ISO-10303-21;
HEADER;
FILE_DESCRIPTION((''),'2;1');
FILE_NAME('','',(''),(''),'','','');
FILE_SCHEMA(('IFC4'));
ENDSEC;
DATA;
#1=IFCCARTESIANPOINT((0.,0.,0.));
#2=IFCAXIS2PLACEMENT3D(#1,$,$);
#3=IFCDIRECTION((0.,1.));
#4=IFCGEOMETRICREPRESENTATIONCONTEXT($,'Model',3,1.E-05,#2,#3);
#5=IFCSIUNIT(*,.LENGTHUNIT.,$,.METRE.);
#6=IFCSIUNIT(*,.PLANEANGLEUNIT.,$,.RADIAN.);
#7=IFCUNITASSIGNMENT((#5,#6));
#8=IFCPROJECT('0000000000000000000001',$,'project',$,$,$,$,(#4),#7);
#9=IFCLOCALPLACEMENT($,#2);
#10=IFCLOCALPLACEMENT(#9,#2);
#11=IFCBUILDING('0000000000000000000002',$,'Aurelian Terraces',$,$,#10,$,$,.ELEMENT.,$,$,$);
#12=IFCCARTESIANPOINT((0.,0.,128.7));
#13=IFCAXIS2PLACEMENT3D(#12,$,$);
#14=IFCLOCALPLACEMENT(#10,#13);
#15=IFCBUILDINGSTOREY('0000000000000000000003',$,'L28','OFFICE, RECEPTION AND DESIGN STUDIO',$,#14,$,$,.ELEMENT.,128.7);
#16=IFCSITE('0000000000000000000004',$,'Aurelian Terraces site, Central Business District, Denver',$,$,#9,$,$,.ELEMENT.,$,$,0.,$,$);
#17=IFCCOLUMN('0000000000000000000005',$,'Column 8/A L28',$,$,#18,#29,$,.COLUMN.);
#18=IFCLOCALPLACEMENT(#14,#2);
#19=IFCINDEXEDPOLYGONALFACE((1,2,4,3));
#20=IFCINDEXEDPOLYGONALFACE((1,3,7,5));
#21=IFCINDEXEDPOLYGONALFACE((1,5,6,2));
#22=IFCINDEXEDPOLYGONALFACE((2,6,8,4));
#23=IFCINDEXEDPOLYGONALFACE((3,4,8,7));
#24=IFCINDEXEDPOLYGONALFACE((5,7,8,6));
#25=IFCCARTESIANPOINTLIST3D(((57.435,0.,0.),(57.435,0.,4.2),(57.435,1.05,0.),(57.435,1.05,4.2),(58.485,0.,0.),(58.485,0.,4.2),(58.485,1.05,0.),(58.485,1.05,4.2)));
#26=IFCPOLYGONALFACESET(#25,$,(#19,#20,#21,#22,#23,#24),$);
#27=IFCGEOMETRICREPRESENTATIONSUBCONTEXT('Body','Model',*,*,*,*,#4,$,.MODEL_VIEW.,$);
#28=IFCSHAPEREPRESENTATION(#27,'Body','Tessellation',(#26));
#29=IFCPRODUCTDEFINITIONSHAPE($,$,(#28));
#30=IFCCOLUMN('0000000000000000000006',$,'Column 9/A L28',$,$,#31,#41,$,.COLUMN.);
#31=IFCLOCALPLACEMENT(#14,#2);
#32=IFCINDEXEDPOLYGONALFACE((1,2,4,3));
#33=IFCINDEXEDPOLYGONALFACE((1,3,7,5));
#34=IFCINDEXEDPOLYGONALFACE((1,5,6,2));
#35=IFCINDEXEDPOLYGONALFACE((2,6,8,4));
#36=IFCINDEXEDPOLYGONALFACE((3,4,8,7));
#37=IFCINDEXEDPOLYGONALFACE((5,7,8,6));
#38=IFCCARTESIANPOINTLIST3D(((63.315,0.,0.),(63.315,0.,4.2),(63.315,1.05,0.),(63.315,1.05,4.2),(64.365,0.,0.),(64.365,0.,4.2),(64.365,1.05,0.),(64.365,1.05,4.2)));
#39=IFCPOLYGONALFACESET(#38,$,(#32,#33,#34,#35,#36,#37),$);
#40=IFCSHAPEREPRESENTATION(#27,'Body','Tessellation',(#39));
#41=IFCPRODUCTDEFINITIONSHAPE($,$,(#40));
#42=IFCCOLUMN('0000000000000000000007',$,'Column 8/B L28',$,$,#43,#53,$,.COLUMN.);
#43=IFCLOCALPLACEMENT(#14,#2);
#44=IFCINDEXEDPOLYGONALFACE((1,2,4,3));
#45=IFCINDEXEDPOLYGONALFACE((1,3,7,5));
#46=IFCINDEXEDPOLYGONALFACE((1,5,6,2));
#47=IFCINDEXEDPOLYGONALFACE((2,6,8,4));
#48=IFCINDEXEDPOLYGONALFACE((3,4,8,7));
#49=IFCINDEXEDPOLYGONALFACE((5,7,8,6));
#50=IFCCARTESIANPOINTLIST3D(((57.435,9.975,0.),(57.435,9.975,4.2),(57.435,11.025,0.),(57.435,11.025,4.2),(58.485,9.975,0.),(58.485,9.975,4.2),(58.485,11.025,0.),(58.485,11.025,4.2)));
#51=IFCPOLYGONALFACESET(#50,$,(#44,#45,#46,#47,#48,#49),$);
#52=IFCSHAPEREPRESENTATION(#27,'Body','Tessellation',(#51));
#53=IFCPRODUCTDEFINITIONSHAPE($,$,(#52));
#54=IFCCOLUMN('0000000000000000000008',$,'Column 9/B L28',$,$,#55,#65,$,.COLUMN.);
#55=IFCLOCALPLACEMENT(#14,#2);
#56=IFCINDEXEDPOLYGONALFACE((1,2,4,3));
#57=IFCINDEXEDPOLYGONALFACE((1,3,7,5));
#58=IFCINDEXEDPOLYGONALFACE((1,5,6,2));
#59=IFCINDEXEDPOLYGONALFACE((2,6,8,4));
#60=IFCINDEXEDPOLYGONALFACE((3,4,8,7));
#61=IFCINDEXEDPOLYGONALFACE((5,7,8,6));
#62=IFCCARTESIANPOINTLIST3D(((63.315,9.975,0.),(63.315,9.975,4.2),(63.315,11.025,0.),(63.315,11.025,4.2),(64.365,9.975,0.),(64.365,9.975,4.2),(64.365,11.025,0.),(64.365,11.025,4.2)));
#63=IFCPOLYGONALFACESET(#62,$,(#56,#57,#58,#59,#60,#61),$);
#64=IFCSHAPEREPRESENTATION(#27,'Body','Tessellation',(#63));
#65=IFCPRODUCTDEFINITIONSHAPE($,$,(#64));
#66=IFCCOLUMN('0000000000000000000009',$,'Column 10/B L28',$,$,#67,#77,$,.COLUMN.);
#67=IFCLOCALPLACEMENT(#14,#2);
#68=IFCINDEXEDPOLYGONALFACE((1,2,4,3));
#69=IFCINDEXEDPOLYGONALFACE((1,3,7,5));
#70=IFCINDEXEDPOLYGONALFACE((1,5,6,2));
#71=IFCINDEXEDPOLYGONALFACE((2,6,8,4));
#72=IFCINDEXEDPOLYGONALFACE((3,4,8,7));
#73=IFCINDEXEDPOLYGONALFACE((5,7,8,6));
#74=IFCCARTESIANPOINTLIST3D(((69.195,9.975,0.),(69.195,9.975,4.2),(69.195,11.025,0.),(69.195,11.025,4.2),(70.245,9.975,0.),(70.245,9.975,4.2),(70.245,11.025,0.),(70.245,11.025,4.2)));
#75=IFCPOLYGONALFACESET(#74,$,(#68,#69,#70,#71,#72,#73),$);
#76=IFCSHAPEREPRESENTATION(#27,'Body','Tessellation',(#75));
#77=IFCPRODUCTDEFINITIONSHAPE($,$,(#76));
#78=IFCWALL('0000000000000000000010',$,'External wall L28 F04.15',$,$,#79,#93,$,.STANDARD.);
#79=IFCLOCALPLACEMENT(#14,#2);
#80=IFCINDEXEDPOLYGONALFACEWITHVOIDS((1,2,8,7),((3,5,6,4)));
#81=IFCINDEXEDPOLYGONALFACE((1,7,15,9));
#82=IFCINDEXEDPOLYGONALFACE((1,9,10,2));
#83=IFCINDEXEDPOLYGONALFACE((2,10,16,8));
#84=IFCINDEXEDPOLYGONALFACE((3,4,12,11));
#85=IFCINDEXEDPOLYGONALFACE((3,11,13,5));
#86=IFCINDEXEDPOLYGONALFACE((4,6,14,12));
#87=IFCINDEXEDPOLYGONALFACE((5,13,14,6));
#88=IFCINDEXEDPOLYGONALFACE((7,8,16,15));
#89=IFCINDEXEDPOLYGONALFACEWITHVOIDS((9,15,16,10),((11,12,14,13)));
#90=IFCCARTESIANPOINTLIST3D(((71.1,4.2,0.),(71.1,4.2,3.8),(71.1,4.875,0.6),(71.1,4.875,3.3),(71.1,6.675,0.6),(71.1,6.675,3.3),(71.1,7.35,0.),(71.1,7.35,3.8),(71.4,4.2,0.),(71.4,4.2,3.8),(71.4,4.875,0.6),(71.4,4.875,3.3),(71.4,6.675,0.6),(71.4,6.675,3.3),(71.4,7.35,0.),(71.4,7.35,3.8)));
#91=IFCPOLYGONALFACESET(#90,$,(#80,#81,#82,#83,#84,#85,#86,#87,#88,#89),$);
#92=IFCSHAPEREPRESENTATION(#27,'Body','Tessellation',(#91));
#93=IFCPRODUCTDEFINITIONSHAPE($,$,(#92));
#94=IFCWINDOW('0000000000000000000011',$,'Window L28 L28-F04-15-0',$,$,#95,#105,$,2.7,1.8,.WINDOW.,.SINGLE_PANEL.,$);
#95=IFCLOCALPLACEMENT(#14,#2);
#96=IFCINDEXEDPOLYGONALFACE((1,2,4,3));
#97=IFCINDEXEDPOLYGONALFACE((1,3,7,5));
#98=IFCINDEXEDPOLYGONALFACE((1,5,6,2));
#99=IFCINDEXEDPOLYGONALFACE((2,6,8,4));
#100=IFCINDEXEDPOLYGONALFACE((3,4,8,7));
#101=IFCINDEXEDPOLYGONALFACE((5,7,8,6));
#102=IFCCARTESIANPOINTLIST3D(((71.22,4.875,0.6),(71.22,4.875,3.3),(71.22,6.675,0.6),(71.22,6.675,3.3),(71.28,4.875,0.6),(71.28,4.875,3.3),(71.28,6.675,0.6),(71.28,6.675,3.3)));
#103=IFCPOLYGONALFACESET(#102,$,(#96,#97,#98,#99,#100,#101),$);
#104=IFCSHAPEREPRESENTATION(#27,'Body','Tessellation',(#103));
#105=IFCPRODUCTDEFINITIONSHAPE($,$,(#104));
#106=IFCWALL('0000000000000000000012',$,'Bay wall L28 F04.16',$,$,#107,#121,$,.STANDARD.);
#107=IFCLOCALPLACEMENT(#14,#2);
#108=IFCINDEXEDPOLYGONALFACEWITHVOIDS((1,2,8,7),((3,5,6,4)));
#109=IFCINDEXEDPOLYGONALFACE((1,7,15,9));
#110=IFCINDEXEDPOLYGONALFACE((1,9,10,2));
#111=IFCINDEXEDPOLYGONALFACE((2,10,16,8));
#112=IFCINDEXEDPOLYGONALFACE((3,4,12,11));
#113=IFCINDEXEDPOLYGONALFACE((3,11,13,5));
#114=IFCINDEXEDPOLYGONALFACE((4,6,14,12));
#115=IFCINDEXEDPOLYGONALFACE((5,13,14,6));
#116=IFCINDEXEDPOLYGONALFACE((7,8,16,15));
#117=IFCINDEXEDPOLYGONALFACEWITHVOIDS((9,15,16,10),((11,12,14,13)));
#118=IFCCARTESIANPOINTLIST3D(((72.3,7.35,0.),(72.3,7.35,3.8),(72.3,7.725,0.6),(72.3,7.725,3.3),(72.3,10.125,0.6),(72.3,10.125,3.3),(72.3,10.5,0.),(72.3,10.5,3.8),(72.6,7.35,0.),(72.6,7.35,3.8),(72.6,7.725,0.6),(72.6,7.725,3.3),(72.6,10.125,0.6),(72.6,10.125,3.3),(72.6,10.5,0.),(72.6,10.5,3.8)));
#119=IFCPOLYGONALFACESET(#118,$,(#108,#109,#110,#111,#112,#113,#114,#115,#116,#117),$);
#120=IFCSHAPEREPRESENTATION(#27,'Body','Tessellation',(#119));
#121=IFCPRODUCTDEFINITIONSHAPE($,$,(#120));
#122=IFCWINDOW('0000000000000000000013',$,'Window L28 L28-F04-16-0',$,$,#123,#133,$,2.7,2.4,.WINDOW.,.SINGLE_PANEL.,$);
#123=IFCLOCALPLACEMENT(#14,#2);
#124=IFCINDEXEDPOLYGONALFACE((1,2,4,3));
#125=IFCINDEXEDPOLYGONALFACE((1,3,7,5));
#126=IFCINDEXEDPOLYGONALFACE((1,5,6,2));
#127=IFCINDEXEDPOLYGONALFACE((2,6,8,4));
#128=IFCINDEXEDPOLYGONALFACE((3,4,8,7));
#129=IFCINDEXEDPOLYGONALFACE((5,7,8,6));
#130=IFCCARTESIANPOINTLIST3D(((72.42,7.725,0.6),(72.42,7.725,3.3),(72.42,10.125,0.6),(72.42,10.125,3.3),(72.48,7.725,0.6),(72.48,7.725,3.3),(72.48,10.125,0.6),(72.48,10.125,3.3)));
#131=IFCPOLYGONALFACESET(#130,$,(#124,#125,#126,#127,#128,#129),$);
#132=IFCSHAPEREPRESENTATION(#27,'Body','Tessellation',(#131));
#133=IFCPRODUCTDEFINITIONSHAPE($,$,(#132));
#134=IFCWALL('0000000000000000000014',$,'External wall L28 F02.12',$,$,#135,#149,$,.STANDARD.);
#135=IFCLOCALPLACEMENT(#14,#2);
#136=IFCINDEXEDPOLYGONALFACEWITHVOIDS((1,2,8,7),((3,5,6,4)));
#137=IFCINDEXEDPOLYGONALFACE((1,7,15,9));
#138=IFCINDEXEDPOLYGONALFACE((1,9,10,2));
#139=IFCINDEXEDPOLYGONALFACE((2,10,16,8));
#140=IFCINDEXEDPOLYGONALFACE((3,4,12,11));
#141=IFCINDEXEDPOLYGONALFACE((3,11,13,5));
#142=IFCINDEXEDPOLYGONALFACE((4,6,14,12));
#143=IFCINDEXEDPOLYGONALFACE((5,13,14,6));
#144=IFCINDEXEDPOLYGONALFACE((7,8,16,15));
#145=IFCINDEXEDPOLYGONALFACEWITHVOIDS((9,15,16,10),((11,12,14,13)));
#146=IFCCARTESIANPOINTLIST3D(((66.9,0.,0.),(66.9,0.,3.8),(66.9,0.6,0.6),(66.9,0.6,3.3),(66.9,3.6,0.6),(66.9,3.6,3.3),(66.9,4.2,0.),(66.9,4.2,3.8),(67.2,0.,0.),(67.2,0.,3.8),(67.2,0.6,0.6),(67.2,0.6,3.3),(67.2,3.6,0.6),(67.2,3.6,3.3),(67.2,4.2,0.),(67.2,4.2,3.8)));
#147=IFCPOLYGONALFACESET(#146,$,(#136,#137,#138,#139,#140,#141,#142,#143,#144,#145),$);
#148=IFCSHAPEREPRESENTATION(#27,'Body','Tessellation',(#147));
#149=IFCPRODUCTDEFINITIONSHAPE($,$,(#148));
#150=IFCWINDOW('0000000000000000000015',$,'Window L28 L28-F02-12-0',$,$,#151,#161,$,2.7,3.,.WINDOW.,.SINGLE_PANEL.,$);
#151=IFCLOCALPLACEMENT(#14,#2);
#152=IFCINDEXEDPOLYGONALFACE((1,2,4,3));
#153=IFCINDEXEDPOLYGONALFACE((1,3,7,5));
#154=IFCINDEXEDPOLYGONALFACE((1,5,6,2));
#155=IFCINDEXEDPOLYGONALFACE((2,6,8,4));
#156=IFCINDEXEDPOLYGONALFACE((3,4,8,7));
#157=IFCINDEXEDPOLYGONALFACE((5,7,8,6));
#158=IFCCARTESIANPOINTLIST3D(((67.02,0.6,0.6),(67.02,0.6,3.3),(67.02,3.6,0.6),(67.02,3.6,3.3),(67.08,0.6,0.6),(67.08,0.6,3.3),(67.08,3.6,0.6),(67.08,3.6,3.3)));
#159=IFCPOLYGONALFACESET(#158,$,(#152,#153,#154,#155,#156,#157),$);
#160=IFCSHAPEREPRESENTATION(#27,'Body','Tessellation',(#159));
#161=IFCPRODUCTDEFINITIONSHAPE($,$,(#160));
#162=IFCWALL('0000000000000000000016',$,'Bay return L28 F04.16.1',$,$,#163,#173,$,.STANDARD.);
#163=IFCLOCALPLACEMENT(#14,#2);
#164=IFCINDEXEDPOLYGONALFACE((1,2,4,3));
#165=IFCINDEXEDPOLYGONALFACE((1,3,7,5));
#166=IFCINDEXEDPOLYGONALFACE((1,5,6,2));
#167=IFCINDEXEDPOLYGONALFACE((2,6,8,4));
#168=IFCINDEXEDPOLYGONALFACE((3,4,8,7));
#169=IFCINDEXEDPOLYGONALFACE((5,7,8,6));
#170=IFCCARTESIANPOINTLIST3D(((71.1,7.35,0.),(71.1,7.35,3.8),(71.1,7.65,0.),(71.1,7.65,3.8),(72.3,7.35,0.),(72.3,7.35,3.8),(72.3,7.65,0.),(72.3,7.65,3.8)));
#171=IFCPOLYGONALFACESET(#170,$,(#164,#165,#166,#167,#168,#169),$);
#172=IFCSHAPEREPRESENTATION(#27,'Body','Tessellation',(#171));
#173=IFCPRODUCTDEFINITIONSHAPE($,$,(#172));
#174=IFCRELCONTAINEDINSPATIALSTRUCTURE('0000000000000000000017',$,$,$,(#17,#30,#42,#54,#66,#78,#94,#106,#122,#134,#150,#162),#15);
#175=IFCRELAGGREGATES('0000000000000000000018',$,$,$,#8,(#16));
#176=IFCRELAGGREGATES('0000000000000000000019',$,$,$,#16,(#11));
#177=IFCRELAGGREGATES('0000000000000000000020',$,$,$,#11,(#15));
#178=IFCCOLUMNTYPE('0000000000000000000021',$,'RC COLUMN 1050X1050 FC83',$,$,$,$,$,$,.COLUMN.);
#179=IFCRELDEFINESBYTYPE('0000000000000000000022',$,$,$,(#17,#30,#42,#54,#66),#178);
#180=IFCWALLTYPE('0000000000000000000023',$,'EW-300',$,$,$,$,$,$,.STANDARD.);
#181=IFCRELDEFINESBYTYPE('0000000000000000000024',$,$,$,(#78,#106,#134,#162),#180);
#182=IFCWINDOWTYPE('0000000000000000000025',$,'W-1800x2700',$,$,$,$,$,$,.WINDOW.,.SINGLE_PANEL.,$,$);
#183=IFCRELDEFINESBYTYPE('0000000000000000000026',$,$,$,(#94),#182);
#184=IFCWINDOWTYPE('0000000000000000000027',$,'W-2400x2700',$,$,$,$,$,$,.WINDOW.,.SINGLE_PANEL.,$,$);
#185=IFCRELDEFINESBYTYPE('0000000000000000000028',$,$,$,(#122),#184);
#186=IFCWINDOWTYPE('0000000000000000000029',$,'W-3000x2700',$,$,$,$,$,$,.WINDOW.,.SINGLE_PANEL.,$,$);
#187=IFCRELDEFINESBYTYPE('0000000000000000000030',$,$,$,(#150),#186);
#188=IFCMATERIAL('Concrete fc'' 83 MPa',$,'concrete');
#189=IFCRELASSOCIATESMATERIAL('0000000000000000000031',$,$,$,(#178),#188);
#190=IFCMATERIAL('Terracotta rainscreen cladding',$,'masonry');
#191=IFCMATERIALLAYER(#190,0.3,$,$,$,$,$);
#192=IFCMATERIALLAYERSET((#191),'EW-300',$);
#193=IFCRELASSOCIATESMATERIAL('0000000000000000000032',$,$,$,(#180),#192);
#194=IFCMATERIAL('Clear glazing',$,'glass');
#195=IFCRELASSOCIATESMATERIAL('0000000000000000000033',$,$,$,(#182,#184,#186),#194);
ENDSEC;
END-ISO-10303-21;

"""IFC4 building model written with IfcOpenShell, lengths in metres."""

from ifc_helpers import new_model, si_unit, direction, frame, frame_2d, origin, origin_2d, place, context, subcontext, project, spatial, rectangle, extrude, source, transform, mapped, material, layer, layer_set, material_profile, profile_set, type_object, element, fill, save


model = new_model("IFC4")

# Units and contexts
model_context = context("Model", 3, precision=1e-05, world=origin(), true_north=direction((0.0, 1.0)))
body_context = subcontext(model_context, "Body", "Model", "MODEL_VIEW")
ifc_project = project(units=[si_unit("LENGTHUNIT", "METRE"), si_unit("PLANEANGLEUNIT", "RADIAN")], contexts=[model_context])

# Site, building, storey
site_placement = place(None, origin())
site = spatial("IfcSite", under=ifc_project, at=site_placement, Name="Aurelian Terraces site, Central Business District, Denver", CompositionType="ELEMENT", RefElevation=0.0)
building_placement = place(site_placement, origin())
building = spatial("IfcBuilding", under=site, at=building_placement, Name="Aurelian Terraces", CompositionType="ELEMENT")
storey_placement = place(building_placement, frame((0.0, 0.0, 128.7)))
storey = spatial("IfcBuildingStorey", under=building, at=storey_placement, Name="L28", Description="OFFICE, RECEPTION AND DESIGN STUDIO", CompositionType="ELEMENT", Elevation=128.7)

# Columns
ifc_material_1 = material(Name="Concrete fc' 83 MPa", Category="concrete")
ifc_material_profile = material_profile(ifc_material_1, rectangle(XDim=1.05, YDim=1.05, at=origin_2d()))
ifc_profile_set = profile_set([ifc_material_profile], Name="Concrete fc' 83 MPa")
column_type = type_object("IfcColumnType", Name="RC COLUMN 1050X1050 FC83", PredefinedType="COLUMN", material=ifc_profile_set)
shared_shape_1 = source(origin(), body_context, "Body", "SweptSolid", [
    extrude(rectangle(XDim=1.05, YDim=1.05, at=origin_2d()), origin(), (0.0, 0.0, 1.0), 4.2),
])
for number, where, z_axis, x_axis, name in (
    (1, (57.96, 0.525, 0.0), (0.0, 0.0, 1.0), (1.0, 0.0, 0.0), "Column 8/A L28"),
    (2, (63.84, 0.525, 0.0), (0.0, 0.0, 1.0), (1.0, 0.0, 0.0), "Column 9/A L28"),
    (3, (57.96, 10.5, 0.0), (0.0, 0.0, 1.0), (1.0, 0.0, 0.0), "Column 8/B L28"),
    (4, (63.84, 10.5, 0.0), (0.0, 0.0, 1.0), (1.0, 0.0, 0.0), "Column 9/B L28"),
    (5, (69.72, 10.5, 0.0), (0.0, 0.0, 1.0), (1.0, 0.0, 0.0), "Column 10/B L28"),
):
    element("IfcColumn", number, at=place(storey_placement, frame(where, z_axis=z_axis, x_axis=x_axis)), inside=storey, type_object=column_type, Name=name, PredefinedType="COLUMN", context=body_context, shape_type="MappedRepresentation", body=[
        mapped(shared_shape_1, transform((0.0, 0.0, 0.0), scale=1.0)),
    ])

# Walls, openings, windows
ifc_material_2 = material(Name="Terracotta rainscreen cladding", Category="masonry")
ifc_layer_1 = layer(ifc_material_2, 0.3)
ifc_layer_set_1 = layer_set([ifc_layer_1], Name="EW-300")
wall_type_1 = type_object("IfcWallType", Name="EW-300", PredefinedType="STANDARD", material=ifc_layer_set_1)
shared_shape_2 = source(origin(), body_context, "Body", "SweptSolid", [
    extrude(rectangle(XDim=3.15, YDim=0.3, at=frame_2d((1.575, 0.0))), origin(), (0.0, 0.0, 1.0), 3.8),
])
wall_1_placement = place(storey_placement, frame((71.25, 4.2, 0.0), z_axis=(0.0, 0.0, 1.0), x_axis=(0.0, 1.0, 0.0)))
wall_1 = element("IfcWall", 6, at=wall_1_placement, inside=storey, type_object=wall_type_1, Name="External wall L28 F04.15", PredefinedType="STANDARD", context=body_context, shape_type="MappedRepresentation", body=[
    mapped(shared_shape_2, transform((0.0, 0.0, 0.0), scale=1.0)),
])
shared_shape_3 = source(origin(), body_context, "Body", "SweptSolid", [
    extrude(rectangle(XDim=1.8, YDim=2.7, at=frame_2d((0.9, 1.35))), frame((0.0, 0.16, 0.0), z_axis=(0.0, -1.0, 0.0), x_axis=(1.0, 0.0, 0.0)), (0.0, 0.0, 1.0), 0.32),
])
opening_1_placement = place(wall_1_placement, frame((0.675, 0.0, 0.6)))
opening_1 = element("IfcOpeningElement", 7, at=opening_1_placement, cuts=wall_1, PredefinedType="OPENING", context=body_context, shape_type="MappedRepresentation", body=[
    mapped(shared_shape_3, transform((0.0, 0.0, 0.0), scale=1.0)),
])
ifc_material_3 = material(Name="Clear glazing", Category="glass")
window_type_1 = type_object("IfcWindowType", Name="W-1800x2700", PartitioningType="SINGLE_PANEL", PredefinedType="WINDOW", material=ifc_material_3)
shared_shape_4 = source(origin(), body_context, "Body", "SweptSolid", [
    extrude(rectangle(XDim=1.8, YDim=2.7, at=frame_2d((0.9, 1.35))), frame((0.0, 0.03, 0.0), z_axis=(0.0, -1.0, 0.0), x_axis=(1.0, 0.0, 0.0)), (0.0, 0.0, 1.0), 0.06),
])
window_1_placement = place(opening_1_placement, origin())
window_1 = element("IfcWindow", 8, at=window_1_placement, inside=storey, type_object=window_type_1, Name="Window L28 L28-F04-15-0", OverallHeight=2.7, OverallWidth=1.8, PartitioningType="SINGLE_PANEL", PredefinedType="WINDOW", context=body_context, shape_type="MappedRepresentation", body=[
    mapped(shared_shape_4, transform((0.0, 0.0, 0.0), scale=1.0)),
])
fill(opening_1, window_1)
wall_2_placement = place(storey_placement, frame((72.45, 7.35, 0.0), z_axis=(0.0, 0.0, 1.0), x_axis=(0.0, 1.0, 0.0)))
wall_2 = element("IfcWall", 9, at=wall_2_placement, inside=storey, type_object=wall_type_1, Name="Bay wall L28 F04.16", PredefinedType="STANDARD", context=body_context, shape_type="MappedRepresentation", body=[
    mapped(shared_shape_2, transform((0.0, 0.0, 0.0), scale=1.0)),
])
shared_shape_5 = source(origin(), body_context, "Body", "SweptSolid", [
    extrude(rectangle(XDim=2.4, YDim=2.7, at=frame_2d((1.2, 1.35))), frame((0.0, 0.16, 0.0), z_axis=(0.0, -1.0, 0.0), x_axis=(1.0, 0.0, 0.0)), (0.0, 0.0, 1.0), 0.32),
])
opening_2_placement = place(wall_2_placement, frame((0.375, 0.0, 0.6)))
opening_2 = element("IfcOpeningElement", 10, at=opening_2_placement, cuts=wall_2, PredefinedType="OPENING", context=body_context, shape_type="MappedRepresentation", body=[
    mapped(shared_shape_5, transform((0.0, 0.0, 0.0), scale=1.0)),
])
window_type_2 = type_object("IfcWindowType", Name="W-2400x2700", PartitioningType="SINGLE_PANEL", PredefinedType="WINDOW", material=ifc_material_3)
shared_shape_6 = source(origin(), body_context, "Body", "SweptSolid", [
    extrude(rectangle(XDim=2.4, YDim=2.7, at=frame_2d((1.2, 1.35))), frame((0.0, 0.03, 0.0), z_axis=(0.0, -1.0, 0.0), x_axis=(1.0, 0.0, 0.0)), (0.0, 0.0, 1.0), 0.06),
])
window_2_placement = place(opening_2_placement, origin())
window_2 = element("IfcWindow", 11, at=window_2_placement, inside=storey, type_object=window_type_2, Name="Window L28 L28-F04-16-0", OverallHeight=2.7, OverallWidth=2.4, PartitioningType="SINGLE_PANEL", PredefinedType="WINDOW", context=body_context, shape_type="MappedRepresentation", body=[
    mapped(shared_shape_6, transform((0.0, 0.0, 0.0), scale=1.0)),
])
fill(opening_2, window_2)
shared_shape_7 = source(origin(), body_context, "Body", "SweptSolid", [
    extrude(rectangle(XDim=4.2, YDim=0.3, at=frame_2d((2.1, 0.0))), origin(), (0.0, 0.0, 1.0), 3.8),
])
wall_3_placement = place(storey_placement, frame((67.05, 0.0, 0.0), z_axis=(0.0, 0.0, 1.0), x_axis=(0.0, 1.0, 0.0)))
wall_3 = element("IfcWall", 12, at=wall_3_placement, inside=storey, type_object=wall_type_1, Name="External wall L28 F02.12", PredefinedType="STANDARD", context=body_context, shape_type="MappedRepresentation", body=[
    mapped(shared_shape_7, transform((0.0, 0.0, 0.0), scale=1.0)),
])
shared_shape_8 = source(origin(), body_context, "Body", "SweptSolid", [
    extrude(rectangle(XDim=3.0, YDim=2.7, at=frame_2d((1.5, 1.35))), frame((0.0, 0.16, 0.0), z_axis=(0.0, -1.0, 0.0), x_axis=(1.0, 0.0, 0.0)), (0.0, 0.0, 1.0), 0.32),
])
opening_3_placement = place(wall_3_placement, frame((0.6, 0.0, 0.6)))
opening_3 = element("IfcOpeningElement", 13, at=opening_3_placement, cuts=wall_3, PredefinedType="OPENING", context=body_context, shape_type="MappedRepresentation", body=[
    mapped(shared_shape_8, transform((0.0, 0.0, 0.0), scale=1.0)),
])
window_type_3 = type_object("IfcWindowType", Name="W-3000x2700", PartitioningType="SINGLE_PANEL", PredefinedType="WINDOW", material=ifc_material_3)
shared_shape_9 = source(origin(), body_context, "Body", "SweptSolid", [
    extrude(rectangle(XDim=3.0, YDim=2.7, at=frame_2d((1.5, 1.35))), frame((0.0, 0.03, 0.0), z_axis=(0.0, -1.0, 0.0), x_axis=(1.0, 0.0, 0.0)), (0.0, 0.0, 1.0), 0.06),
])
window_3_placement = place(opening_3_placement, origin())
window_3 = element("IfcWindow", 14, at=window_3_placement, inside=storey, type_object=window_type_3, Name="Window L28 L28-F02-12-0", OverallHeight=2.7, OverallWidth=3.0, PartitioningType="SINGLE_PANEL", PredefinedType="WINDOW", context=body_context, shape_type="MappedRepresentation", body=[
    mapped(shared_shape_9, transform((0.0, 0.0, 0.0), scale=1.0)),
])
fill(opening_3, window_3)

# Wall
shared_shape_10 = source(origin(), body_context, "Body", "SweptSolid", [
    extrude(rectangle(XDim=1.2, YDim=0.3, at=frame_2d((0.6, 0.0))), origin(), (0.0, 0.0, 1.0), 3.8),
])
for number, where, z_axis, x_axis, name in (
    (15, (71.1, 7.5, 0.0), (0.0, 0.0, 1.0), (1.0, 0.0, 0.0), "Bay return L28 F04.16.1"),
):
    element("IfcWall", number, at=place(storey_placement, frame(where, z_axis=z_axis, x_axis=x_axis)), inside=storey, type_object=wall_type_1, Name=name, PredefinedType="STANDARD", context=body_context, shape_type="MappedRepresentation", body=[
        mapped(shared_shape_10, transform((0.0, 0.0, 0.0), scale=1.0)),
    ])

save(model, "model.ifc")
